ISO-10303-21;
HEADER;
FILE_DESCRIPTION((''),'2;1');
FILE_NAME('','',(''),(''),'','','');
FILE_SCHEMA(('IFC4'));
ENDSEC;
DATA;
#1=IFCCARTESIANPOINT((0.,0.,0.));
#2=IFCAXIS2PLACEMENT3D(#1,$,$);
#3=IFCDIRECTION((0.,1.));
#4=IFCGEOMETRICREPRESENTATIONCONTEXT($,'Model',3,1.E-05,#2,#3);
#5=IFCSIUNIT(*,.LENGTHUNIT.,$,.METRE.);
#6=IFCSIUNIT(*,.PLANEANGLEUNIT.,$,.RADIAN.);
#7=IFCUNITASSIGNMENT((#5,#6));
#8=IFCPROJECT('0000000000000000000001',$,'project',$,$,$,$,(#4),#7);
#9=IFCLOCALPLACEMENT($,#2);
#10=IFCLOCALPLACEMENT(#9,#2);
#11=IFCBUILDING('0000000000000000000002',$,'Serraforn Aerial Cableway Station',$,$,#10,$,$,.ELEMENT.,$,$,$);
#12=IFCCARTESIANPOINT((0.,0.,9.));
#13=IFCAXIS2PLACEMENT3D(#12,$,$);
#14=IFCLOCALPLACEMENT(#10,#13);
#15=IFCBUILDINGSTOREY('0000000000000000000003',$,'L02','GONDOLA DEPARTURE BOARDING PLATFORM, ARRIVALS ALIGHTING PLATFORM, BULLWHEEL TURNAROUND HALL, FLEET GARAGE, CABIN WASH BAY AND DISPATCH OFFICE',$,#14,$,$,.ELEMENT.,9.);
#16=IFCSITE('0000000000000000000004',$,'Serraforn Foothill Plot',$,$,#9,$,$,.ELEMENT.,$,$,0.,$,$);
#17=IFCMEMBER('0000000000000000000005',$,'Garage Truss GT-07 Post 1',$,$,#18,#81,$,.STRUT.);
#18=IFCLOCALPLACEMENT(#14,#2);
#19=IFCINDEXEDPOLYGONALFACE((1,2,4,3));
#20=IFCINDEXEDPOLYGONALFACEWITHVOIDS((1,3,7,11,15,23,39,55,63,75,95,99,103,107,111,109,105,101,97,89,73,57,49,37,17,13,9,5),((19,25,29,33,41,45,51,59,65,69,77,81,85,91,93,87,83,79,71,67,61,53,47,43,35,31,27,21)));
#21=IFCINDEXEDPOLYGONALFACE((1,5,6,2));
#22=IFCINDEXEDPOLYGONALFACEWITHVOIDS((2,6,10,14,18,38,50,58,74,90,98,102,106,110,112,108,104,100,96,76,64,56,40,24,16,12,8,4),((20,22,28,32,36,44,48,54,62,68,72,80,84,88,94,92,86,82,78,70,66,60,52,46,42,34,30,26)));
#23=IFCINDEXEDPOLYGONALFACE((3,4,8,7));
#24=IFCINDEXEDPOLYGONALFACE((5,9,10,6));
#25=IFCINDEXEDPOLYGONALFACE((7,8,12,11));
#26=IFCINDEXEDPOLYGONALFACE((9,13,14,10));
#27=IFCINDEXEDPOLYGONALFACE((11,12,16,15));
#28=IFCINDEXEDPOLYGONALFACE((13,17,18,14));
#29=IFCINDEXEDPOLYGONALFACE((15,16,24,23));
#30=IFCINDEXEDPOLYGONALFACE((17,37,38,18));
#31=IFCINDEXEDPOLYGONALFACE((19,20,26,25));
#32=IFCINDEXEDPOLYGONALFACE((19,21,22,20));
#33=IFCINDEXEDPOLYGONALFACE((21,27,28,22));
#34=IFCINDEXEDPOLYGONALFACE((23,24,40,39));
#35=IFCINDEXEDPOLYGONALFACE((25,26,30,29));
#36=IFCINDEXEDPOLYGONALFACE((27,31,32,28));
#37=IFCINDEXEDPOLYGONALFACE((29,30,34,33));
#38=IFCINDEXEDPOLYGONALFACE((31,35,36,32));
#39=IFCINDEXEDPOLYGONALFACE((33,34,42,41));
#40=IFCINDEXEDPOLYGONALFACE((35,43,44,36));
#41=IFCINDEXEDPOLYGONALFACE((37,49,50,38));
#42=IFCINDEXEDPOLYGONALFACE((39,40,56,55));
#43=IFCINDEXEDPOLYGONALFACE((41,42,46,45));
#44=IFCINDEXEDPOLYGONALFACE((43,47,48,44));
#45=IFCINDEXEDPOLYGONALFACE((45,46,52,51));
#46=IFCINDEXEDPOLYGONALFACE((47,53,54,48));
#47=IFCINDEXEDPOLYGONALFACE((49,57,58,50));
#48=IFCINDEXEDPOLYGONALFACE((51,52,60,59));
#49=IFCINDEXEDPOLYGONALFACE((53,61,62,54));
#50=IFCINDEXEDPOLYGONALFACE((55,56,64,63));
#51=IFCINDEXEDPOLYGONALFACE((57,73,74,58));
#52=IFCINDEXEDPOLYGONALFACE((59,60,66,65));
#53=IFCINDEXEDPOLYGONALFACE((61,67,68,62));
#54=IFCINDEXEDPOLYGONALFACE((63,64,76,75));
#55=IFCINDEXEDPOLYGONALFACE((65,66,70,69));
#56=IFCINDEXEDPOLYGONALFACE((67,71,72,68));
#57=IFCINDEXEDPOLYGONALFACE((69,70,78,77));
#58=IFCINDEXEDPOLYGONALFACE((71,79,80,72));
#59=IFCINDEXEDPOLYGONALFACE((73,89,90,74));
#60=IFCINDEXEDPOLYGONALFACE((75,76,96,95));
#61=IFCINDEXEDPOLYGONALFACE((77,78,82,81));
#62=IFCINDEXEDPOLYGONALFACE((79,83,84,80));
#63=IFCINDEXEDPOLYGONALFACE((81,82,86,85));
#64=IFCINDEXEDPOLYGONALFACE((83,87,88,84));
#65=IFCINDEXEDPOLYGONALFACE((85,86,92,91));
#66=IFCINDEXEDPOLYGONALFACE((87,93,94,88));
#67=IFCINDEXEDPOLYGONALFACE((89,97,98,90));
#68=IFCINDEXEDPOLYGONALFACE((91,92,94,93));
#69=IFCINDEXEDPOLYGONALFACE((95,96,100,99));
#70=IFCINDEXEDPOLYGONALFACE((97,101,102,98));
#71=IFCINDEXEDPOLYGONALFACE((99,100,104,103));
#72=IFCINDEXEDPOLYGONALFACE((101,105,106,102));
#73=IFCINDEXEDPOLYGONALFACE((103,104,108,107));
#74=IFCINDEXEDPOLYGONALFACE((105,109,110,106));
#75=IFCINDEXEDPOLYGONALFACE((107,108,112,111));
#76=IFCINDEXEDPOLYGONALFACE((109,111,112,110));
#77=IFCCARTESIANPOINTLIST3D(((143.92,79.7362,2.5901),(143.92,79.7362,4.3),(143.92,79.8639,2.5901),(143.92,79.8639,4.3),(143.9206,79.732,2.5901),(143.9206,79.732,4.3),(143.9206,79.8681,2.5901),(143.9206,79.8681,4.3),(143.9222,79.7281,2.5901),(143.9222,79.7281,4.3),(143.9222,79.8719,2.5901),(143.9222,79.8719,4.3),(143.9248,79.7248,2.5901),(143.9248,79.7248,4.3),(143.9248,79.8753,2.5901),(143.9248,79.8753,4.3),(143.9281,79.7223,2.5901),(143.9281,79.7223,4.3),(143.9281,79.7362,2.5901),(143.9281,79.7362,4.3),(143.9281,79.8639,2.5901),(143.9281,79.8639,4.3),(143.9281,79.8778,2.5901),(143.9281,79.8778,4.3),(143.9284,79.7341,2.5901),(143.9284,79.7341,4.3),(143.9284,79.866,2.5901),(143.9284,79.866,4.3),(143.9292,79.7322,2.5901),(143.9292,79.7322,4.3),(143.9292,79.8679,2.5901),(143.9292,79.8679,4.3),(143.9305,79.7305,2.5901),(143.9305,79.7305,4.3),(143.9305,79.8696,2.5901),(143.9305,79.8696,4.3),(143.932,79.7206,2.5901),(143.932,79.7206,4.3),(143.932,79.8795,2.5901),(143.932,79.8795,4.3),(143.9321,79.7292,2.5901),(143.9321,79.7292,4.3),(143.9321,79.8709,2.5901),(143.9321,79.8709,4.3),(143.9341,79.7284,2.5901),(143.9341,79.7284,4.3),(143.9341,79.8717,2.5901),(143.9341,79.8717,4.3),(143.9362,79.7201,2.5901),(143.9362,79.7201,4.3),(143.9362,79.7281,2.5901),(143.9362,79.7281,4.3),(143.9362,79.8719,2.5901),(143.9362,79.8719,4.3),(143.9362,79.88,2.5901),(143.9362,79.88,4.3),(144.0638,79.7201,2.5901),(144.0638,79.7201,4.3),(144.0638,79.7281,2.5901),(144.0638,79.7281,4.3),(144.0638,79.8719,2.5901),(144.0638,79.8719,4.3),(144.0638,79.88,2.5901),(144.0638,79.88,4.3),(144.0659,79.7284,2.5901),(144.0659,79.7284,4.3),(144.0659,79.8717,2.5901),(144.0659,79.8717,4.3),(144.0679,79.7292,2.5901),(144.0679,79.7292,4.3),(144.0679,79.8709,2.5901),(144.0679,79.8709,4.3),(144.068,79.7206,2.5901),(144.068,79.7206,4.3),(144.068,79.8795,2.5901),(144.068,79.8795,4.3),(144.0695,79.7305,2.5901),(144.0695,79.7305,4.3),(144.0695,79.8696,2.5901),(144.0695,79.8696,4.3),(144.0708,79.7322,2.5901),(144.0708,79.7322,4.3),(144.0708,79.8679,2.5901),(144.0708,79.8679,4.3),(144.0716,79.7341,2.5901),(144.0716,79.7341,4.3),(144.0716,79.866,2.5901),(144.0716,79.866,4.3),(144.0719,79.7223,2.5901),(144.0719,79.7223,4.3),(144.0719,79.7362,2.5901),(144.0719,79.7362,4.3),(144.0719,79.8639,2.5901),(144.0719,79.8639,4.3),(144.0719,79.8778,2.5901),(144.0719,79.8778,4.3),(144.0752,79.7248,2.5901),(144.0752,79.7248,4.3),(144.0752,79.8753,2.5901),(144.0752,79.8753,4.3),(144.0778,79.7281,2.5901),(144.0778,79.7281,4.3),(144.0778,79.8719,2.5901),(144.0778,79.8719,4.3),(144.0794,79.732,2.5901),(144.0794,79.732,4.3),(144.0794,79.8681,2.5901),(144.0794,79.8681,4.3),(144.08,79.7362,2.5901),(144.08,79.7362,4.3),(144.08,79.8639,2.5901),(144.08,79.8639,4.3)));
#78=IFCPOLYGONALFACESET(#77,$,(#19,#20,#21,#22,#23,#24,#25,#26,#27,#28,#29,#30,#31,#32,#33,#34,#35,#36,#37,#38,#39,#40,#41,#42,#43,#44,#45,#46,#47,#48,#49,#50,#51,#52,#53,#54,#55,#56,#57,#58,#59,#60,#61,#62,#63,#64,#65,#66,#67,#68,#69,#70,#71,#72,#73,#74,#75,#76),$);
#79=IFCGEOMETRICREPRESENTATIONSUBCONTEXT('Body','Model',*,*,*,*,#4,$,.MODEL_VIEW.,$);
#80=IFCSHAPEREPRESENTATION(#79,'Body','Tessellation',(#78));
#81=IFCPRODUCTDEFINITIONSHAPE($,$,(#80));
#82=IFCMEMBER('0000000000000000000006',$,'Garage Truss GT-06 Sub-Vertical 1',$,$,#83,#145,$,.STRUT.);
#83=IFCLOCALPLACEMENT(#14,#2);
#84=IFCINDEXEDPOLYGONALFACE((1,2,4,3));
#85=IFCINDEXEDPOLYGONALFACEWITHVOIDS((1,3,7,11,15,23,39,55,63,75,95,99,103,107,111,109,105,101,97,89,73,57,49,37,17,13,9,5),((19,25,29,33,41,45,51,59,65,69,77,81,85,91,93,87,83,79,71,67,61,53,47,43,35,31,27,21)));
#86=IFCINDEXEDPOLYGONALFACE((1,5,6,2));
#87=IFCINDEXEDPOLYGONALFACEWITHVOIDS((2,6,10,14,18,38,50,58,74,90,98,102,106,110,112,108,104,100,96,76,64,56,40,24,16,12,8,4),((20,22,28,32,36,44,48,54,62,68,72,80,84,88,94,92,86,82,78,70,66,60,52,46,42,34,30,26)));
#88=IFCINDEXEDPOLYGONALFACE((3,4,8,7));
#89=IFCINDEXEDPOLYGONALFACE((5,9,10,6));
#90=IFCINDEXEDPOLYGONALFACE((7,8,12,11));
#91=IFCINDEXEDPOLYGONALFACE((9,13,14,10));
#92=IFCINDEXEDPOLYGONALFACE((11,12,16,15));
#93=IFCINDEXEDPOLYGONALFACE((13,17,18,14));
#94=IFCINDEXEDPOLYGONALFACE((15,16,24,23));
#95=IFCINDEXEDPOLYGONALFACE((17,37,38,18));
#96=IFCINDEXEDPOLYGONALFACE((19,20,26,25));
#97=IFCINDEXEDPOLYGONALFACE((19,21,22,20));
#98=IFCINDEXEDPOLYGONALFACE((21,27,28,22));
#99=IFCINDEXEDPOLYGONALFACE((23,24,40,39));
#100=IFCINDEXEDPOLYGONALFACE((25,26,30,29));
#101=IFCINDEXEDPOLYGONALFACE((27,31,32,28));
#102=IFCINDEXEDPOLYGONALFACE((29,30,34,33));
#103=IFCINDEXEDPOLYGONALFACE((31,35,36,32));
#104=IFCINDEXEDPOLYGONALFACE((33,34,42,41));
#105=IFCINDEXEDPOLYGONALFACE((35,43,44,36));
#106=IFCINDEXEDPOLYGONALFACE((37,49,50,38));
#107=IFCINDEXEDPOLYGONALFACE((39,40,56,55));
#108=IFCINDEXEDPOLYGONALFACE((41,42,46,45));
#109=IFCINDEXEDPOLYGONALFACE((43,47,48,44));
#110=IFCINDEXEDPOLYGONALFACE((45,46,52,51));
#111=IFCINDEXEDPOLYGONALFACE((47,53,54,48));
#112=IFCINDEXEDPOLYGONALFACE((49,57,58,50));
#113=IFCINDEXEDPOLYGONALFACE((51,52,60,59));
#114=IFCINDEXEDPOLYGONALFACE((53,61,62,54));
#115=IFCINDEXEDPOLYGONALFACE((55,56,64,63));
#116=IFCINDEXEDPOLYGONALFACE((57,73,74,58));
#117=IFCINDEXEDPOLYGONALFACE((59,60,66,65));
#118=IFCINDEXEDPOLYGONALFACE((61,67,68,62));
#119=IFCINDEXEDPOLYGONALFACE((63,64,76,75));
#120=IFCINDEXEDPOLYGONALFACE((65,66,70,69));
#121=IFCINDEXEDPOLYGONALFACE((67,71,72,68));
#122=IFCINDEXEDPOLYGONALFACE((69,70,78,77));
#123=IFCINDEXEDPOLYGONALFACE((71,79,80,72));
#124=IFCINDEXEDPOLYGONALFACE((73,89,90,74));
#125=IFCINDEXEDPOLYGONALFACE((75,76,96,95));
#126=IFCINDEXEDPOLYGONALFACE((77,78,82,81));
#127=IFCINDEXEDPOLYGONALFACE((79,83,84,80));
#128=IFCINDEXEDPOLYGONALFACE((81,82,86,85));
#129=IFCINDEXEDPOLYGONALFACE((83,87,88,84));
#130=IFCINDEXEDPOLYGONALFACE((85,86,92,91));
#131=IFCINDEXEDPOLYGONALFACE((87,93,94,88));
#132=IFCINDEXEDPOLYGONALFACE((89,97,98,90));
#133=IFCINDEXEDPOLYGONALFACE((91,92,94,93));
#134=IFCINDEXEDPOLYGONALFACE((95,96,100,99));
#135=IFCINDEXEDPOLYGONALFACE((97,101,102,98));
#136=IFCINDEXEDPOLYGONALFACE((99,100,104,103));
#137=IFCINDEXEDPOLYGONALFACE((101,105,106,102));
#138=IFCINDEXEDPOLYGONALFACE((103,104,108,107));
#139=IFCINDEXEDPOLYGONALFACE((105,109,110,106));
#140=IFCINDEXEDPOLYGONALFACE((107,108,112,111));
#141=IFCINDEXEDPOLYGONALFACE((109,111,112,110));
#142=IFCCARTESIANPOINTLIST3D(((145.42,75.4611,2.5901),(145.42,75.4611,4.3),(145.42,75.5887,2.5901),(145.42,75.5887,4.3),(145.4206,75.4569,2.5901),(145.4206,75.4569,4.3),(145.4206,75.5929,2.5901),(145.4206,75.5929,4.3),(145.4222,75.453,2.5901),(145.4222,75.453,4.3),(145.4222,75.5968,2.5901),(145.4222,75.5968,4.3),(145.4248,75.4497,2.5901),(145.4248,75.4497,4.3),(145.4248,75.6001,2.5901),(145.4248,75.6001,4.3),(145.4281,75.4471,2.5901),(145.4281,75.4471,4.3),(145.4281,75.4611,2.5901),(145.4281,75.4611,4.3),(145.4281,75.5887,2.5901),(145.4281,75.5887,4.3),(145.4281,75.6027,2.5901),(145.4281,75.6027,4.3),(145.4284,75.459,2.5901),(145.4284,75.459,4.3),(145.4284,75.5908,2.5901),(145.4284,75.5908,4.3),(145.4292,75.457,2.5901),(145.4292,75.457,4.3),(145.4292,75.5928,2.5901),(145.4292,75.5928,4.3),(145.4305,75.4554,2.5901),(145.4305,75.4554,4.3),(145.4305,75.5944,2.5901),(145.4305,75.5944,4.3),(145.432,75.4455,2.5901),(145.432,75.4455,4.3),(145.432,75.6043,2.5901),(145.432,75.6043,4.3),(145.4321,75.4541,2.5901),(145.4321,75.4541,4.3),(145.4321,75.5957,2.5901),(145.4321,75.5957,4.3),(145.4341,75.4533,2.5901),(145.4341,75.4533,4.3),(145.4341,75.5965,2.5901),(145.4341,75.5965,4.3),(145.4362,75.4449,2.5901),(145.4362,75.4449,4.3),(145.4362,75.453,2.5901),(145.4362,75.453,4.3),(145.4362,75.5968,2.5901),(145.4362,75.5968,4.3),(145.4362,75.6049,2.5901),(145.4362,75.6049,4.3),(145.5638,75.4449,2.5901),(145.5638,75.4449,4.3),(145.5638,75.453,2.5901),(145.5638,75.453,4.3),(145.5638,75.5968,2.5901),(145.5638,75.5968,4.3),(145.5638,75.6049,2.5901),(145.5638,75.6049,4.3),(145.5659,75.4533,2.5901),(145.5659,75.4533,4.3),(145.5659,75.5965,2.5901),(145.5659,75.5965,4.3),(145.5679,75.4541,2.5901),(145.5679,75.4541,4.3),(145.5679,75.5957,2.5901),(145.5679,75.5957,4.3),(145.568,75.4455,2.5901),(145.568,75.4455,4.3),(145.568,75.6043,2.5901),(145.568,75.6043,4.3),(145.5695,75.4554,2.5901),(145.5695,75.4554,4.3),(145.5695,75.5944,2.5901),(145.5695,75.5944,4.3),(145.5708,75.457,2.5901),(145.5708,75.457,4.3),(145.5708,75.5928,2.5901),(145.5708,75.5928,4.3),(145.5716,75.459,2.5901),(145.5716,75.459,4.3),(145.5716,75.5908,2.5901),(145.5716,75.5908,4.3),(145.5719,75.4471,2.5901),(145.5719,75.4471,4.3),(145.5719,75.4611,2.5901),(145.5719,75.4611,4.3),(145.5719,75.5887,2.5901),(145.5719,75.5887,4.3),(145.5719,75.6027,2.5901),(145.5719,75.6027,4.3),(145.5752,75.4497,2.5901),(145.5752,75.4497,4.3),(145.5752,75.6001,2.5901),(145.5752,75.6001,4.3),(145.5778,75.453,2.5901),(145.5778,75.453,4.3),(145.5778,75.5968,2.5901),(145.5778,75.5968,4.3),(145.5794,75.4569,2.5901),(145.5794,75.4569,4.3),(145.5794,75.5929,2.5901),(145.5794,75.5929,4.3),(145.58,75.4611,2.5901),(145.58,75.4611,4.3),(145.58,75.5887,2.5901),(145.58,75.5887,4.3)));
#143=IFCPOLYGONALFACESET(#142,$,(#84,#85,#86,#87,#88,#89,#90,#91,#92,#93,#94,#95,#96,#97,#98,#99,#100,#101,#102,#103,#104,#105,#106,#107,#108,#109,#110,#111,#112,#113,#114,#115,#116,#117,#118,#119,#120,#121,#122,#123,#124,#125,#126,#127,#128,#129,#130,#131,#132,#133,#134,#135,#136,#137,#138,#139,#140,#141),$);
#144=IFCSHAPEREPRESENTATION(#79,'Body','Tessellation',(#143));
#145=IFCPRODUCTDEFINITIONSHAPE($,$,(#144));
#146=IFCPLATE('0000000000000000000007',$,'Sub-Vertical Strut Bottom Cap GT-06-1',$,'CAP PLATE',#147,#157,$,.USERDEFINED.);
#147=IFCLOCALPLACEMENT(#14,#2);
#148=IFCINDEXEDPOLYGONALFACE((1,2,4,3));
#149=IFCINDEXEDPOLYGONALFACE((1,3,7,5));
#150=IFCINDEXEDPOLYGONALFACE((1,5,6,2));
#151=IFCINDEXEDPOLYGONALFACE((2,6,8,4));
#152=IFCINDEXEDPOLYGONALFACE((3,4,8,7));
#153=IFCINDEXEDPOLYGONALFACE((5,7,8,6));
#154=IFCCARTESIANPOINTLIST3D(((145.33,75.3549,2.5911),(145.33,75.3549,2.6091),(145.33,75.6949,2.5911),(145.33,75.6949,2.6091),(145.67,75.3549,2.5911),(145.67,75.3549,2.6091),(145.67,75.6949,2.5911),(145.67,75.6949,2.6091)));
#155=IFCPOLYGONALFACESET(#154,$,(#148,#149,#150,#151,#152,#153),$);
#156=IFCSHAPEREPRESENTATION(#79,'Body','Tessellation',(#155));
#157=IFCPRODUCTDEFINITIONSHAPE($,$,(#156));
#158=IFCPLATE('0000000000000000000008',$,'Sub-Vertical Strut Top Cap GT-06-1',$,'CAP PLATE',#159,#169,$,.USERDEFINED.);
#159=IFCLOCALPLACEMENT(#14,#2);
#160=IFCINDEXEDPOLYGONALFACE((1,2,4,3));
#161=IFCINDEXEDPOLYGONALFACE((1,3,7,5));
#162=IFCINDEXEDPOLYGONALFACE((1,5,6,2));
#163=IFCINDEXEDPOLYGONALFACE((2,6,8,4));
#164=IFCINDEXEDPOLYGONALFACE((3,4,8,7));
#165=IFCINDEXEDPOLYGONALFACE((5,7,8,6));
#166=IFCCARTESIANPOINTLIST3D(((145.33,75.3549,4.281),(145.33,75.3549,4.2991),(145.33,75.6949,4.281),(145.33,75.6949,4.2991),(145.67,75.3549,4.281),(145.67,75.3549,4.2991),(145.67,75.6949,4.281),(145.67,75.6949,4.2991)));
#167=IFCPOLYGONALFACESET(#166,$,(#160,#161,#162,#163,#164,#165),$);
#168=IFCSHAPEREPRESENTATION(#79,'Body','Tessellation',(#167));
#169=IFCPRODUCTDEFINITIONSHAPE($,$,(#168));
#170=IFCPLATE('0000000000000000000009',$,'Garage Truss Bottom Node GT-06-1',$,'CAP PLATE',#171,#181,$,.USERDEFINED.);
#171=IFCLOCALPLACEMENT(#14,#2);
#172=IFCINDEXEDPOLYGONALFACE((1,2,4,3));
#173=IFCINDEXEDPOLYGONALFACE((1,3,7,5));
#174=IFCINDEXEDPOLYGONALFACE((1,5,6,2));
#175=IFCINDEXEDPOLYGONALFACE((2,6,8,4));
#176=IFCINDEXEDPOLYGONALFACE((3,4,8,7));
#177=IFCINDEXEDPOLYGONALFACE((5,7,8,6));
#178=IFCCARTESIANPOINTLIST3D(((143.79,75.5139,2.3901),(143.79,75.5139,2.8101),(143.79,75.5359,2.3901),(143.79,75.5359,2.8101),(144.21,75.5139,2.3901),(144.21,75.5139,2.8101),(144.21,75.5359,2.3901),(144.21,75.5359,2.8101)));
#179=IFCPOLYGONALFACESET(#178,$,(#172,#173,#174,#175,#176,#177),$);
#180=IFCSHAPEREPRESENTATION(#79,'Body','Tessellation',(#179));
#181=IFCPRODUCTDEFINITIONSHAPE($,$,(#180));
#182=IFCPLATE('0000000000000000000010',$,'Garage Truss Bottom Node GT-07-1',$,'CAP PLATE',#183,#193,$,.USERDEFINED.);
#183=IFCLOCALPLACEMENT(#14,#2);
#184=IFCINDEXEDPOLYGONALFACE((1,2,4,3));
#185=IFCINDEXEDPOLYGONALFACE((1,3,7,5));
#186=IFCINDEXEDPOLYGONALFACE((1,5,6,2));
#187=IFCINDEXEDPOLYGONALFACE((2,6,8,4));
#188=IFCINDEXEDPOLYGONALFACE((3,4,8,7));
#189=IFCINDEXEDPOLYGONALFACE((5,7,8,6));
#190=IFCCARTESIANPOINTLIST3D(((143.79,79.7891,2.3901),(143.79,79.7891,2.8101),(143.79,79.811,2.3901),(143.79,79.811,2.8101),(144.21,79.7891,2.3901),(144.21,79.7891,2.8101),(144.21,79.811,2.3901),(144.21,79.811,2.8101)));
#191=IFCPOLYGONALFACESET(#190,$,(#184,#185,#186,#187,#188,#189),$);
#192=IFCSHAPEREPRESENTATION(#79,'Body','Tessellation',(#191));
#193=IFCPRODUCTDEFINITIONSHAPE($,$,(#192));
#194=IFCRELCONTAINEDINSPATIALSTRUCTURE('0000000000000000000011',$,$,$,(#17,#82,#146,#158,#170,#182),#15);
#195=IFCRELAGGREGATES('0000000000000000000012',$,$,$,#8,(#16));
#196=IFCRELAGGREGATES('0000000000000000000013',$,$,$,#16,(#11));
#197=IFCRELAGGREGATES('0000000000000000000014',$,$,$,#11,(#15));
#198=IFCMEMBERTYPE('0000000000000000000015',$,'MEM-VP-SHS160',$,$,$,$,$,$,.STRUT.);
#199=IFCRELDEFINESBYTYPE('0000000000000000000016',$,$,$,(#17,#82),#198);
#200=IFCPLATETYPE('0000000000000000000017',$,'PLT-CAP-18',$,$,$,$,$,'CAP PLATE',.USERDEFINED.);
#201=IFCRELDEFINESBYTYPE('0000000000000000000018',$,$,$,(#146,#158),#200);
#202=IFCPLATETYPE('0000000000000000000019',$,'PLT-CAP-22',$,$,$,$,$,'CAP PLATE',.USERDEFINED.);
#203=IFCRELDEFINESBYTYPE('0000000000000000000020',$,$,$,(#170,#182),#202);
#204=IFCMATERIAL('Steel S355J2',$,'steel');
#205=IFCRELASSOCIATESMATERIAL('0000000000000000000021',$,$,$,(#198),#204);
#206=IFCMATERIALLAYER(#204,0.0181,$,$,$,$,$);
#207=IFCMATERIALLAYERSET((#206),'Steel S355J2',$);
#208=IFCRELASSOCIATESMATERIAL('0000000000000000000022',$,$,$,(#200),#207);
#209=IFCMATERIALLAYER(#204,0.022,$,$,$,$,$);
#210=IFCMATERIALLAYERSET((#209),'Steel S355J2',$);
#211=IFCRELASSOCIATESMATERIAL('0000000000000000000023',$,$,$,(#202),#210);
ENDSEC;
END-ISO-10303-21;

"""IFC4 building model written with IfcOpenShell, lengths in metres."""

from ifc_helpers import new_model, si_unit, direction, frame, origin, origin_2d, place, context, subcontext, project, spatial, rectangle, hollow_rectangle, extrude, material, layer, layer_set, material_profile, profile_set, type_object, element, save


model = new_model("IFC4")

# Units and contexts
model_context = context("Model", 3, precision=1e-05, world=origin(), true_north=direction((0.0, 1.0)))
body_context = subcontext(model_context, "Body", "Model", "MODEL_VIEW")
ifc_project = project(units=[si_unit("LENGTHUNIT", "METRE"), si_unit("PLANEANGLEUNIT", "RADIAN")], contexts=[model_context])

# Site, building, storey
site_placement = place(None, origin())
site = spatial("IfcSite", under=ifc_project, at=site_placement, Name="Serraforn Foothill Plot", CompositionType="ELEMENT", RefElevation=0.0)
building_placement = place(site_placement, origin())
building = spatial("IfcBuilding", under=site, at=building_placement, Name="Serraforn Aerial Cableway Station", CompositionType="ELEMENT")
storey_placement = place(building_placement, frame((0.0, 0.0, 9.0)))
storey = spatial("IfcBuildingStorey", under=building, at=storey_placement, Name="L02", Description="GONDOLA DEPARTURE BOARDING PLATFORM, ARRIVALS ALIGHTING PLATFORM, BULLWHEEL TURNAROUND HALL, FLEET GARAGE, CABIN WASH BAY AND DISPATCH OFFICE", CompositionType="ELEMENT", Elevation=9.0)

# Shared definitions
ifc_material_1 = material(Name="Steel S355J2", Category="steel")

# Members
ifc_material_profile_1 = material_profile(ifc_material_1, hollow_rectangle(XDim=0.1599, YDim=0.1599, WallThickness=0.0081, InnerFilletRadius=0.0081, OuterFilletRadius=0.0161, at=origin_2d()), Name="SHS 160x160x8.0")
ifc_profile_set_1 = profile_set([ifc_material_profile_1], Name="Steel S355J2")
member_type_1 = type_object("IfcMemberType", Name="MEM-VP-SHS160", PredefinedType="STRUT", material=ifc_profile_set_1)
for number, where, z_axis, x_axis, name in (
    (1, (144.0, 79.8, 2.5901), (0.0, 0.0, 1.0), (1.0, 0.0, 0.0), "Garage Truss GT-07 Post 1"),
    (2, (145.5, 75.5249, 2.5901), (0.0, 0.0, 1.0), (1.0, 0.0, 0.0), "Garage Truss GT-06 Sub-Vertical 1"),
):
    element("IfcMember", number, at=place(storey_placement, frame(where, z_axis=z_axis, x_axis=x_axis)), inside=storey, type_object=member_type_1, Name=name, PredefinedType="STRUT", context=body_context, shape_type="SweptSolid", body=[
        extrude(hollow_rectangle(XDim=0.1599, YDim=0.1599, WallThickness=0.0081, InnerFilletRadius=0.0081, OuterFilletRadius=0.0161, at=origin_2d()), origin(), (0.0, 0.0, 1.0), 1.71),
    ])

# Plates
ifc_layer_1 = layer(ifc_material_1, 0.0181)
ifc_layer_set_1 = layer_set([ifc_layer_1], Name="Steel S355J2")
plate_type_1 = type_object("IfcPlateType", Name="PLT-CAP-18", ElementType="CAP PLATE", PredefinedType="USERDEFINED", material=ifc_layer_set_1)
for number, where, z_axis, x_axis, name in (
    (3, (145.5, 75.5249, 2.5911), (0.0, 0.0, 1.0), (1.0, 0.0, 0.0), "Sub-Vertical Strut Bottom Cap GT-06-1"),
    (4, (145.5, 75.5249, 4.281), (0.0, 0.0, 1.0), (1.0, 0.0, 0.0), "Sub-Vertical Strut Top Cap GT-06-1"),
):
    element("IfcPlate", number, at=place(storey_placement, frame(where, z_axis=z_axis, x_axis=x_axis)), inside=storey, type_object=plate_type_1, Name=name, ObjectType="CAP PLATE", PredefinedType="USERDEFINED", context=body_context, shape_type="SweptSolid", body=[
        extrude(rectangle(XDim=0.3401, YDim=0.3401, at=origin_2d()), origin(), (0.0, 0.0, 1.0), 0.0181),
    ])
ifc_layer_2 = layer(ifc_material_1, 0.022)
ifc_layer_set_2 = layer_set([ifc_layer_2], Name="Steel S355J2")
plate_type_2 = type_object("IfcPlateType", Name="PLT-CAP-22", ElementType="CAP PLATE", PredefinedType="USERDEFINED", material=ifc_layer_set_2)
for number, where, z_axis, x_axis, name in (
    (5, (144.0, 75.5249, 2.3901), (0.0, 0.0, 1.0), (1.0, 0.0, 0.0), "Garage Truss Bottom Node GT-06-1"),
    (6, (144.0, 79.8, 2.3901), (0.0, 0.0, 1.0), (1.0, 0.0, 0.0), "Garage Truss Bottom Node GT-07-1"),
):
    element("IfcPlate", number, at=place(storey_placement, frame(where, z_axis=z_axis, x_axis=x_axis)), inside=storey, type_object=plate_type_2, Name=name, ObjectType="CAP PLATE", PredefinedType="USERDEFINED", context=body_context, shape_type="SweptSolid", body=[
        extrude(rectangle(XDim=0.4199, YDim=0.022, at=origin_2d()), origin(), (0.0, 0.0, 1.0), 0.4199),
    ])

save(model, "model.ifc")
